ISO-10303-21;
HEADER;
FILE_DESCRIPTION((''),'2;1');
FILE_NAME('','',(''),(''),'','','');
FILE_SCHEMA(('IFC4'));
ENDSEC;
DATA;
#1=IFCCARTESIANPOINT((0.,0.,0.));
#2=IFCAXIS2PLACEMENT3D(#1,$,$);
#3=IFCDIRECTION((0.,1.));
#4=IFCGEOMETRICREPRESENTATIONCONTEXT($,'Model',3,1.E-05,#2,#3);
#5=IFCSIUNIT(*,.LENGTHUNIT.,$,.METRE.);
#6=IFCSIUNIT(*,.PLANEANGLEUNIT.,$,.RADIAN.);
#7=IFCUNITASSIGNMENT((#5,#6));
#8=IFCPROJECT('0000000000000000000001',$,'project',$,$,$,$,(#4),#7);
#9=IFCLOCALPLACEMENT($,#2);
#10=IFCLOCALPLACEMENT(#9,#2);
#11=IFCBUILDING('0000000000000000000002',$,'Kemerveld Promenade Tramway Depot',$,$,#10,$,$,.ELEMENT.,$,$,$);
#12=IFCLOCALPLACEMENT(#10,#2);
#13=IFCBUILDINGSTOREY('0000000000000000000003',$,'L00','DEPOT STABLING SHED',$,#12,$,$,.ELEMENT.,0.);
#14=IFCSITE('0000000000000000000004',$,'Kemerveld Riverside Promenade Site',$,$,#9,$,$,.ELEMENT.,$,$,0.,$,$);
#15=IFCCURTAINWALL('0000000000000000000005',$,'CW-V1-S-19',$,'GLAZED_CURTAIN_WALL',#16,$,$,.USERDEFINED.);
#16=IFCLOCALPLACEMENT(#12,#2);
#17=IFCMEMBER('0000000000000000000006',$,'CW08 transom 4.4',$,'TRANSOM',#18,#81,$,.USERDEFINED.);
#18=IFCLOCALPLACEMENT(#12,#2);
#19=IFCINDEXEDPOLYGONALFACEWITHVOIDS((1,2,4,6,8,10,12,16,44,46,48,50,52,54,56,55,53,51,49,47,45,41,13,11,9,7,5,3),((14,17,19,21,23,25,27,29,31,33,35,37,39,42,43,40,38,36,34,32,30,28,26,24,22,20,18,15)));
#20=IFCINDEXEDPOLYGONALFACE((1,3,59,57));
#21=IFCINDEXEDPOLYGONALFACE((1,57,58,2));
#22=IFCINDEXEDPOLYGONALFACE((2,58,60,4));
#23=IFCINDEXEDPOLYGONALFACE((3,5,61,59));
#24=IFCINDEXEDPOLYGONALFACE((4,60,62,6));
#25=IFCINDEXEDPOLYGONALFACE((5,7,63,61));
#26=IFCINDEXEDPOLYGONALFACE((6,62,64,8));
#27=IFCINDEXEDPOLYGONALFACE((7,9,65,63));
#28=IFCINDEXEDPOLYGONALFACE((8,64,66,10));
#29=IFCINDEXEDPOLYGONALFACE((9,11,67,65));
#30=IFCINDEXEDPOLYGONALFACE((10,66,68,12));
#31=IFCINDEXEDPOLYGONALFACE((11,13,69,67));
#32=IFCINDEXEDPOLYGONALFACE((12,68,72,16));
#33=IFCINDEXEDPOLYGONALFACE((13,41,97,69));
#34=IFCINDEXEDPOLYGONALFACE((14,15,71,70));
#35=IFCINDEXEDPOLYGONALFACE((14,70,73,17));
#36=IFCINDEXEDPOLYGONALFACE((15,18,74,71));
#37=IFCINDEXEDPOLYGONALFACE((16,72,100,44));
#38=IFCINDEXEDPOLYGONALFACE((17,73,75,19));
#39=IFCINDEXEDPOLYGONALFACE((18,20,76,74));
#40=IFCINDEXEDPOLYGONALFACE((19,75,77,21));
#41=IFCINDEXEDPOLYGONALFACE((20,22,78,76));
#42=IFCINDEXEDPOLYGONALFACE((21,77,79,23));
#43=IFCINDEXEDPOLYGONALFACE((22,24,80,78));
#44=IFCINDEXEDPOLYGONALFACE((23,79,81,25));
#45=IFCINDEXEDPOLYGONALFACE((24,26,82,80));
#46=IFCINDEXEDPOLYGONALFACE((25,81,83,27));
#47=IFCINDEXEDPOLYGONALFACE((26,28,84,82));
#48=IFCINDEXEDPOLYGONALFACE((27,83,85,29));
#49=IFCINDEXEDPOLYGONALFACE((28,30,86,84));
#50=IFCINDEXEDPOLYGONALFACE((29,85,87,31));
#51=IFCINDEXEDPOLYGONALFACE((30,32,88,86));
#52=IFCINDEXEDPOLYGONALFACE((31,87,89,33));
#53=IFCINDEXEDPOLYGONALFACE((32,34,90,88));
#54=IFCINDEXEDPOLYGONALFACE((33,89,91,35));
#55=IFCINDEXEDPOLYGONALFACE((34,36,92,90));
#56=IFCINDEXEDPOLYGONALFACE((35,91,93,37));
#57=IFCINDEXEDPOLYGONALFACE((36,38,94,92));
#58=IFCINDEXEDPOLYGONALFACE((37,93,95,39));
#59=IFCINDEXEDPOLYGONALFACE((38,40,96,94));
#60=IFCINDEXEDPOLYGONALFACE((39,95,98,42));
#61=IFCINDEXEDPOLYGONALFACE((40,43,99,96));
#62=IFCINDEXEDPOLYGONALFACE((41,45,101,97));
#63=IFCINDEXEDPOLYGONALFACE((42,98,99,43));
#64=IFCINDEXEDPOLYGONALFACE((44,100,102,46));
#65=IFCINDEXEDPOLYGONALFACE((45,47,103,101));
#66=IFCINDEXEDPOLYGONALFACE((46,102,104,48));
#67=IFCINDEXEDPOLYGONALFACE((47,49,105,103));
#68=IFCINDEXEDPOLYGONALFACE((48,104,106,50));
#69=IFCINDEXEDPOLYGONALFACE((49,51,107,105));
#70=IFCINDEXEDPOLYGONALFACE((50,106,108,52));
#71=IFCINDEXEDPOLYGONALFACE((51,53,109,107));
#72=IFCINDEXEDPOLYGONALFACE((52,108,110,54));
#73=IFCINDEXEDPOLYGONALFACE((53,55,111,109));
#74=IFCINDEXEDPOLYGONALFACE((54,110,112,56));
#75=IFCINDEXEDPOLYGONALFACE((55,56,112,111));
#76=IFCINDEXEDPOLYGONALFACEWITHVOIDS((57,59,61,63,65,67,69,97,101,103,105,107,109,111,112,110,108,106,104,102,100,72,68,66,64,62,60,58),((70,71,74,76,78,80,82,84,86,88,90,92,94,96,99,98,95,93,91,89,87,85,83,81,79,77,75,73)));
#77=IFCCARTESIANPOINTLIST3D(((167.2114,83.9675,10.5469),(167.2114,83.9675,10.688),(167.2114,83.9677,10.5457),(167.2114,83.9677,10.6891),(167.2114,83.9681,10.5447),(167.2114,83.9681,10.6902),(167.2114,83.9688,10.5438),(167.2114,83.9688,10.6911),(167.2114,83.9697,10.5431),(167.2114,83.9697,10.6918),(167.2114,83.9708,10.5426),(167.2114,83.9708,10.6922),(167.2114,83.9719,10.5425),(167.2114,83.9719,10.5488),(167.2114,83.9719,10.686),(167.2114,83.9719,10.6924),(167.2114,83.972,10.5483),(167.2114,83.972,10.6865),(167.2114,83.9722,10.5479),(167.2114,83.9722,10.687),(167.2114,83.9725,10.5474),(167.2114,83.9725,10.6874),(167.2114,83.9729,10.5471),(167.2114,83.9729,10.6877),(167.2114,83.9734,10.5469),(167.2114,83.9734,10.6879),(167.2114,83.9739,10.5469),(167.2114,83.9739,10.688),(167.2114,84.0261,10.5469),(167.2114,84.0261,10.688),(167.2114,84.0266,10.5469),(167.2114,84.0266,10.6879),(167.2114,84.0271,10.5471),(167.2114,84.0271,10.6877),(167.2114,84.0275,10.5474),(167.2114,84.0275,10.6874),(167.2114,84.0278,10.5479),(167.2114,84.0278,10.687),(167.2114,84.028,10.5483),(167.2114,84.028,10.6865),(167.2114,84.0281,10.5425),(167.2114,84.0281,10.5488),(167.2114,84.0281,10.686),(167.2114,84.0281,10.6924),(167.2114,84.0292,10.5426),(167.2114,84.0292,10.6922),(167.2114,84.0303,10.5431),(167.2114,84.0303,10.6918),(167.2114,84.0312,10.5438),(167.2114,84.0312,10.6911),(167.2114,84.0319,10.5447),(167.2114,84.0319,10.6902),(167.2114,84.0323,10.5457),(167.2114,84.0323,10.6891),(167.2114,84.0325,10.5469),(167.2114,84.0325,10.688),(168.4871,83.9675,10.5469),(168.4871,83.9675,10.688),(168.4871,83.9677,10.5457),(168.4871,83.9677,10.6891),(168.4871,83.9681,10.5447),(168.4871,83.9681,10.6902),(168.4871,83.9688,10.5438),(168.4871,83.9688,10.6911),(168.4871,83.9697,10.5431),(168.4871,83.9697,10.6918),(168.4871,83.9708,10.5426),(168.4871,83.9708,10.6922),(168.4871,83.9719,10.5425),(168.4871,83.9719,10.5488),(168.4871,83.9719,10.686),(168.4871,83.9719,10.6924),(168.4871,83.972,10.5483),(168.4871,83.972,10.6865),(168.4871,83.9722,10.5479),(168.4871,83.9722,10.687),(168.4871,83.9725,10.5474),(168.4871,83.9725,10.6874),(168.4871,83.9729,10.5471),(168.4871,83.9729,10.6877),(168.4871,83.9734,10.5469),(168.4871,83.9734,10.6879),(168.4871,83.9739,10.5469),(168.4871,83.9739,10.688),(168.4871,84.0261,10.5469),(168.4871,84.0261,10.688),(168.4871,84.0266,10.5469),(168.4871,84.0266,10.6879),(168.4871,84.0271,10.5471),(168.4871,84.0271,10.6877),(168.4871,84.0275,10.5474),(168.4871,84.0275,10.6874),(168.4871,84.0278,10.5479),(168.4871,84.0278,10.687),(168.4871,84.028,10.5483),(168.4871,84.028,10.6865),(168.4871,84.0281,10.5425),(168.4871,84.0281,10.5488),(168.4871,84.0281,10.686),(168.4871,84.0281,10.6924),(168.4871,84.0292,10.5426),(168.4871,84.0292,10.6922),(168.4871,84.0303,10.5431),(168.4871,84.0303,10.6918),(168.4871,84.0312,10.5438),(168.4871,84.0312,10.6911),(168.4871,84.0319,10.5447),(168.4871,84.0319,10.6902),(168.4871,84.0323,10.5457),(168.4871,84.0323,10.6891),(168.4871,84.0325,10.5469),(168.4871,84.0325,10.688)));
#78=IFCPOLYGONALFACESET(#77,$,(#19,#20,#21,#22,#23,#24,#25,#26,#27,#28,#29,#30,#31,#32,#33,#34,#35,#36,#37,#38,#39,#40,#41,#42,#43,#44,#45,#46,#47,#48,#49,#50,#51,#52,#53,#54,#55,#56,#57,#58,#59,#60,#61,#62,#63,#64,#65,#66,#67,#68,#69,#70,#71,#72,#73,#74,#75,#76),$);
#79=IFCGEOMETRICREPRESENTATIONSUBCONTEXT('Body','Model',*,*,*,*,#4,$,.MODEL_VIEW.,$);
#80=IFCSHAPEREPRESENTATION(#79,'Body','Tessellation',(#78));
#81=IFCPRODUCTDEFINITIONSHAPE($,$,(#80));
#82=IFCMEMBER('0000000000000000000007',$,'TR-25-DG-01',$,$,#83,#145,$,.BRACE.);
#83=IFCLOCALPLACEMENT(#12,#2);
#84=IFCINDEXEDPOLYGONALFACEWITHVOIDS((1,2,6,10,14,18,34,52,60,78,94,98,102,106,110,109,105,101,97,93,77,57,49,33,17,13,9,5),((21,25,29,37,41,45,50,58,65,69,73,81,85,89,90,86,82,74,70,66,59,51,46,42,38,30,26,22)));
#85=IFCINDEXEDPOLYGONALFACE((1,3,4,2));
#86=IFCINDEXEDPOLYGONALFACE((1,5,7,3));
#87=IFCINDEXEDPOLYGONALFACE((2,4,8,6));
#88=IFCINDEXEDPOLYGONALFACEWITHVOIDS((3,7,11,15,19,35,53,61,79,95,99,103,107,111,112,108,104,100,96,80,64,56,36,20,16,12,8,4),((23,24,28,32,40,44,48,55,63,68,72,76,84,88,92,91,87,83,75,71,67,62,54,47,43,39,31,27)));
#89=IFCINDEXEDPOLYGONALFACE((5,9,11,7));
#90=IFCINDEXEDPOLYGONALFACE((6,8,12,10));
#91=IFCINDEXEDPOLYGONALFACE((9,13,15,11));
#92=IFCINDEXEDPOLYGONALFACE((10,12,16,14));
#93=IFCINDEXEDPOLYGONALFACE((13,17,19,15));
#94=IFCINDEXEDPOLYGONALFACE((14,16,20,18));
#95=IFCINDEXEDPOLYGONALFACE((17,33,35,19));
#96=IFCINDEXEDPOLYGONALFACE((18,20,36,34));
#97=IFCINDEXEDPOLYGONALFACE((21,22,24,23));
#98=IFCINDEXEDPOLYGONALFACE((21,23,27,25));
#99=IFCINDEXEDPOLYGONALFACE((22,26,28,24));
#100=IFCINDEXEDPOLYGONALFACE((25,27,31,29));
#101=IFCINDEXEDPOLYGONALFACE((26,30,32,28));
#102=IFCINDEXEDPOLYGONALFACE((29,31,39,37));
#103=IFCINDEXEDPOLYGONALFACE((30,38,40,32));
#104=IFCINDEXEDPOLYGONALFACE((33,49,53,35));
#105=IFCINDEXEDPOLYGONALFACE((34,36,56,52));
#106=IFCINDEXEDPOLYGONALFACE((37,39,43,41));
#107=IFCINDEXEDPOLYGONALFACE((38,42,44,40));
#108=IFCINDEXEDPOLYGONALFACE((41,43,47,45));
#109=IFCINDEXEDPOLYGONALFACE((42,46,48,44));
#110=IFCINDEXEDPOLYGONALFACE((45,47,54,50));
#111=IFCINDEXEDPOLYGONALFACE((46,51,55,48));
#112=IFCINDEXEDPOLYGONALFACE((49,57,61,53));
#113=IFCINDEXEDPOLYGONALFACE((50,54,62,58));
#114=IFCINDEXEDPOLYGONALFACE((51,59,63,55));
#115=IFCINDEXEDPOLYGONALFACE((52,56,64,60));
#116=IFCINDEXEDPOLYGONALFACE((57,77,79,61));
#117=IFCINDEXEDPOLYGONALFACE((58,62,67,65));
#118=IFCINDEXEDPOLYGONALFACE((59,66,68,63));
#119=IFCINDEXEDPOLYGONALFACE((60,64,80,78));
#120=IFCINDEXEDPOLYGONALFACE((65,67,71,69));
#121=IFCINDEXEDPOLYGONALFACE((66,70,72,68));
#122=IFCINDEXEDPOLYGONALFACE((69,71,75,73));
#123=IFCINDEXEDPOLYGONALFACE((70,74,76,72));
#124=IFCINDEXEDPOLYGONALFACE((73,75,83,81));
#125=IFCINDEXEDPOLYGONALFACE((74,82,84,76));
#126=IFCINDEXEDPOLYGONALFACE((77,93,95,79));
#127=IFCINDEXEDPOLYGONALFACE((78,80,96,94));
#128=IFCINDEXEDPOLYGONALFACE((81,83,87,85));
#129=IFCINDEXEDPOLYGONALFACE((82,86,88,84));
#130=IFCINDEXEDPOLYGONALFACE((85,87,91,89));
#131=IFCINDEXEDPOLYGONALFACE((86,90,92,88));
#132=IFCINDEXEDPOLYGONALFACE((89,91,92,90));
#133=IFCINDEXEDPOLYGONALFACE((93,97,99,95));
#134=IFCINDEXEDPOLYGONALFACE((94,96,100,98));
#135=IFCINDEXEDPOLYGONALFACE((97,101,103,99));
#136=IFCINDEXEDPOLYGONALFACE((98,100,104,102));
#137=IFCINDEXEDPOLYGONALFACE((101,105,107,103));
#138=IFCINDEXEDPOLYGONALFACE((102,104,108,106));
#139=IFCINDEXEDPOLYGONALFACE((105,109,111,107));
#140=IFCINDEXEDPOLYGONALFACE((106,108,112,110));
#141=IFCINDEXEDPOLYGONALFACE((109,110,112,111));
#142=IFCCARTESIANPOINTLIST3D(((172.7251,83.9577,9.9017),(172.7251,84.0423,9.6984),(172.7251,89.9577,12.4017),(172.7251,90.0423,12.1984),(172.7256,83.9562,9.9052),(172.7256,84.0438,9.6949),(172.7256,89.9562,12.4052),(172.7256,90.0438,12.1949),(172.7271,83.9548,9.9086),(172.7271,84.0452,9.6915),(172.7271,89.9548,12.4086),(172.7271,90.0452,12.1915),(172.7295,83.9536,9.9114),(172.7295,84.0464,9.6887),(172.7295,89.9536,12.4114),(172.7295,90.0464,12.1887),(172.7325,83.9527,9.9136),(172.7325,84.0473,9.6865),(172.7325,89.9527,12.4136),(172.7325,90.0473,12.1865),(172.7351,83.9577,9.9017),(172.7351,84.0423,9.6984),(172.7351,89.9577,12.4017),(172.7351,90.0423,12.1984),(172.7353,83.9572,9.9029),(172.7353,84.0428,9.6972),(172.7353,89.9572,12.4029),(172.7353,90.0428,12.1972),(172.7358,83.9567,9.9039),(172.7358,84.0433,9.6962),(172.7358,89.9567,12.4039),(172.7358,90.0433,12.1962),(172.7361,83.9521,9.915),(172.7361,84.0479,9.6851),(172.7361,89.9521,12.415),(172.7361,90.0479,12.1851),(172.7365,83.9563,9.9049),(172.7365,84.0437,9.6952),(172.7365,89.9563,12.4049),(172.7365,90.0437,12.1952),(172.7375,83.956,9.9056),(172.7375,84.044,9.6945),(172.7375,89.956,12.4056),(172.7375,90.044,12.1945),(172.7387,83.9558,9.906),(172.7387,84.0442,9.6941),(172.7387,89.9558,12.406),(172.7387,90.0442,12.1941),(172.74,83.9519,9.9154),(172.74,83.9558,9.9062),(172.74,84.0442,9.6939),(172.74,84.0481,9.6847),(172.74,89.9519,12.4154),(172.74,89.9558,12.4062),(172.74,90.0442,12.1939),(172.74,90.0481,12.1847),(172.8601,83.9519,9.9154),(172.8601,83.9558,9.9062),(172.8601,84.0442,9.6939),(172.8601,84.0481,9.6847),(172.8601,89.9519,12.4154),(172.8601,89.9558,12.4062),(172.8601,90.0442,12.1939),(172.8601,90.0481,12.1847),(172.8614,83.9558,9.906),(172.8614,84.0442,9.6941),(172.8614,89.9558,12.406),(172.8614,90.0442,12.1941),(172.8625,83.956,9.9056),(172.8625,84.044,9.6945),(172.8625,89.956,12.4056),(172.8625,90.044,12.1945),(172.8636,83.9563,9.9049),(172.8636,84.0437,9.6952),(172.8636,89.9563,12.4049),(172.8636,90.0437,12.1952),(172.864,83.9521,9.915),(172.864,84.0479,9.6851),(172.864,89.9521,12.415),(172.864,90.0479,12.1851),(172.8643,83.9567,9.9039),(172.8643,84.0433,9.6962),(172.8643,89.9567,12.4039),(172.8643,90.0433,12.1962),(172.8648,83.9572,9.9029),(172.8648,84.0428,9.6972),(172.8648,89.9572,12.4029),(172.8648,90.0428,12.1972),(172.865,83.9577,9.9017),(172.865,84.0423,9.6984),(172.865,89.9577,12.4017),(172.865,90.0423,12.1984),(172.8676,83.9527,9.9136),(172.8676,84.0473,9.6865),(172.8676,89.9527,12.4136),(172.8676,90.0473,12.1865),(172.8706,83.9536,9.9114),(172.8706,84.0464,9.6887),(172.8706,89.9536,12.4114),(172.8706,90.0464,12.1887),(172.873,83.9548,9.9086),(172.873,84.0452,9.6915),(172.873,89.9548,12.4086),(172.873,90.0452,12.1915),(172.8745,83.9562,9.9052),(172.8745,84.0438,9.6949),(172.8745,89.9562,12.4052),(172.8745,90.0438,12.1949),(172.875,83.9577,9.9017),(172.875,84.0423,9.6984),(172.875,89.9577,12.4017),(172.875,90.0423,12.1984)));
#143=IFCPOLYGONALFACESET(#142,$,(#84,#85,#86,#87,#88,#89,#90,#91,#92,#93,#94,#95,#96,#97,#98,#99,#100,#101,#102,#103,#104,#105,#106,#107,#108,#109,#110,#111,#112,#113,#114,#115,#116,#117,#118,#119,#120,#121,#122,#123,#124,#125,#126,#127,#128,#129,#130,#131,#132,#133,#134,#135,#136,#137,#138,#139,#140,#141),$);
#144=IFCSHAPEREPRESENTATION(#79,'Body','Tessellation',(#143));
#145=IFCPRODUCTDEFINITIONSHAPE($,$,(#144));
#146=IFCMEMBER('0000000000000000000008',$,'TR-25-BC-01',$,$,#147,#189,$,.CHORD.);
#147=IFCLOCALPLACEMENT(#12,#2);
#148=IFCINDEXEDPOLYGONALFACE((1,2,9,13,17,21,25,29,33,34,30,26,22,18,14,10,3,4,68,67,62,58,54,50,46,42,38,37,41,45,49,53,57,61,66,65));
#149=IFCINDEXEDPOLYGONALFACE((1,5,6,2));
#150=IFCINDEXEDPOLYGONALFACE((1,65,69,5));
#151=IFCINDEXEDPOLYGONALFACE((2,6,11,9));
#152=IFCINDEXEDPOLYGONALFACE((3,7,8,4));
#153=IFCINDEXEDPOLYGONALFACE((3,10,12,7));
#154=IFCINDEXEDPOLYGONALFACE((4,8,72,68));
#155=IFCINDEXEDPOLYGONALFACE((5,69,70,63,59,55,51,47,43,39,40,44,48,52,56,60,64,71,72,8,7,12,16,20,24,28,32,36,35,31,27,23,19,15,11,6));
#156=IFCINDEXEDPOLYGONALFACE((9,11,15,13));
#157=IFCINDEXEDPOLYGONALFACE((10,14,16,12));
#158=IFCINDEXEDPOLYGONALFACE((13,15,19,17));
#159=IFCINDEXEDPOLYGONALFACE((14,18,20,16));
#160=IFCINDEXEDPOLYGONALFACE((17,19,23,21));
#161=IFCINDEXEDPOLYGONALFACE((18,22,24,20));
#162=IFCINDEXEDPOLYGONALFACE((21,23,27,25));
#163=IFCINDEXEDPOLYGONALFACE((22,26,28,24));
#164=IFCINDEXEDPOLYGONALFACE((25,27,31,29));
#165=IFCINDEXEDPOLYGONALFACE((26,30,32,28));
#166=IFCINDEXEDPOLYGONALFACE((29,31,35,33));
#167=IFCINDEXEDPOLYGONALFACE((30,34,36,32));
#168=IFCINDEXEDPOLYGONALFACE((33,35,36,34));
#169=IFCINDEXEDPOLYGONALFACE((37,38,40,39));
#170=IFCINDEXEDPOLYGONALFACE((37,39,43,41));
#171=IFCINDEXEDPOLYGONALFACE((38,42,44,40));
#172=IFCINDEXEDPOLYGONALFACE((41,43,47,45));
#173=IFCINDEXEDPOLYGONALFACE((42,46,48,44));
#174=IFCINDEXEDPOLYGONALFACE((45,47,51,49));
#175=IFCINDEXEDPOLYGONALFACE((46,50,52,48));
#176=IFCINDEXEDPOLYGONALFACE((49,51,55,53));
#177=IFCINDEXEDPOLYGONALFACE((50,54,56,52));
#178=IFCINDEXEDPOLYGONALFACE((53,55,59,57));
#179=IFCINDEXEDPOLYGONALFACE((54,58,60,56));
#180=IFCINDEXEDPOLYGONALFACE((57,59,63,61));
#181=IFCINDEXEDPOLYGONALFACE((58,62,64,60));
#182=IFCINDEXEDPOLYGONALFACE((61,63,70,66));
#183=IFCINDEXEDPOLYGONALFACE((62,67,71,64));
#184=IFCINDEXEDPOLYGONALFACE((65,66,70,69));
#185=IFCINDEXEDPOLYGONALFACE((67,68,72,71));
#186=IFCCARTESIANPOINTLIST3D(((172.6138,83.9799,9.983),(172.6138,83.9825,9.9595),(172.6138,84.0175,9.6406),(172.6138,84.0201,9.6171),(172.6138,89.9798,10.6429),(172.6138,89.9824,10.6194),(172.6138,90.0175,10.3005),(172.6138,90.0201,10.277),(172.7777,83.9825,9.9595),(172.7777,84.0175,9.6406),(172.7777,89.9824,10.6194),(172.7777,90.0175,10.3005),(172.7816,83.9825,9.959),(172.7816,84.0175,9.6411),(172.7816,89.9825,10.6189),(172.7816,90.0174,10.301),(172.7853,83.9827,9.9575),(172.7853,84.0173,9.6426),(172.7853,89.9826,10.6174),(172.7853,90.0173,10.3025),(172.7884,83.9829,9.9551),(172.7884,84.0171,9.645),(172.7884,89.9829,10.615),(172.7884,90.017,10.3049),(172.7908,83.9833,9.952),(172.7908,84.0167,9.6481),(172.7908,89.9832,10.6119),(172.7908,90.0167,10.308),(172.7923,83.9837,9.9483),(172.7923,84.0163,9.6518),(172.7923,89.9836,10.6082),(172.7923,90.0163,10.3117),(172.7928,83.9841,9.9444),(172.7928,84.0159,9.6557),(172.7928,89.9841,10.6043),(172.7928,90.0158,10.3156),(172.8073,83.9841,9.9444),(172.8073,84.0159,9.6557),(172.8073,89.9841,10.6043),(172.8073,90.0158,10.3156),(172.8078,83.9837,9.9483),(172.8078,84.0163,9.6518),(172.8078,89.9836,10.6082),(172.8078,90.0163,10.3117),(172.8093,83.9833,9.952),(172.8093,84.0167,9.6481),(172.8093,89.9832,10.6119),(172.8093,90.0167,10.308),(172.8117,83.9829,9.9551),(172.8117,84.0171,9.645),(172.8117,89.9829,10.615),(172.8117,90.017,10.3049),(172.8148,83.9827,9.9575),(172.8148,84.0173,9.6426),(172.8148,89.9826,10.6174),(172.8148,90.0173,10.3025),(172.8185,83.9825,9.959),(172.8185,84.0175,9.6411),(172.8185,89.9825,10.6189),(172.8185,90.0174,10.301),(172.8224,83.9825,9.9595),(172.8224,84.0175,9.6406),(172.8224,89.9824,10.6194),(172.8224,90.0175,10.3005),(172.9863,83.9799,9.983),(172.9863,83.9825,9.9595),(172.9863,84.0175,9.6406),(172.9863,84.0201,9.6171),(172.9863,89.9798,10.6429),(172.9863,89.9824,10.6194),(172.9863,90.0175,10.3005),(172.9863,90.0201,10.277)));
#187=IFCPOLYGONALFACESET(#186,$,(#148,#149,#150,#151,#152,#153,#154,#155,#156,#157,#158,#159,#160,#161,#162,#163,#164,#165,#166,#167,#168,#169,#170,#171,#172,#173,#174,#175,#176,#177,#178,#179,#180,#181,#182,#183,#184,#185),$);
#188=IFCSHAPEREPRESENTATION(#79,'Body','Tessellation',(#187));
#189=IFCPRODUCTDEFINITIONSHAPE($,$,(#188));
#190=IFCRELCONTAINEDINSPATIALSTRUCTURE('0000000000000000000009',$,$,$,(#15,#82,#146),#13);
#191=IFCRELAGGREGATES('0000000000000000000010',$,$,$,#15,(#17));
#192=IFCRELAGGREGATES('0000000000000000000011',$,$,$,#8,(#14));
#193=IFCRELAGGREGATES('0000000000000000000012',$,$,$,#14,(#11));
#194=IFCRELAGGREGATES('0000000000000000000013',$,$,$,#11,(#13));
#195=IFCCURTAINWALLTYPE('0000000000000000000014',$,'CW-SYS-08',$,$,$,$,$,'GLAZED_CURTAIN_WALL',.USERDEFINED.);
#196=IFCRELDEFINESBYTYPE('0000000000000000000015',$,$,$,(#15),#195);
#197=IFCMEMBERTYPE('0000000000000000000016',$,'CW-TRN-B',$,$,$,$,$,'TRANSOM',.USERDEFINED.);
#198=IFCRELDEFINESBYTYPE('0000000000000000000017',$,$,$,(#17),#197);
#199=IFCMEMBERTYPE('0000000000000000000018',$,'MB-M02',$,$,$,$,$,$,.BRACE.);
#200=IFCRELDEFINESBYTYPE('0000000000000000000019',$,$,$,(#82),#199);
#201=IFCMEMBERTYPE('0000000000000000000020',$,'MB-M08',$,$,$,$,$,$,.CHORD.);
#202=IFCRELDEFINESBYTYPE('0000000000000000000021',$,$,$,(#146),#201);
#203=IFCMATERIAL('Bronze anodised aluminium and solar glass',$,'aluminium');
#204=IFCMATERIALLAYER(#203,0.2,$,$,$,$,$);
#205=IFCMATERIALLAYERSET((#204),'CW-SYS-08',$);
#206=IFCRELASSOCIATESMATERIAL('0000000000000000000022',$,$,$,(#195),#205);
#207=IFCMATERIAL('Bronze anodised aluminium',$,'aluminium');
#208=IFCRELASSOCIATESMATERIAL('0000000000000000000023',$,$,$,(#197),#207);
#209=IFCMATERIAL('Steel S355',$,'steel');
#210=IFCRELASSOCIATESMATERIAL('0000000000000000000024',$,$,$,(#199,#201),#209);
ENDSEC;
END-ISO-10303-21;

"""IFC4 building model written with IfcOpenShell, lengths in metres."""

from ifc_helpers import new_model, si_unit, direction, frame, origin, origin_2d, place, context, subcontext, project, spatial, hollow_rectangle, i_section, extrude, material, layer, layer_set, material_profile, profile_set, type_object, element, aggregate, save


model = new_model("IFC4")

# Units and contexts
model_context = context("Model", 3, precision=1e-05, world=origin(), true_north=direction((0.0, 1.0)))
body_context = subcontext(model_context, "Body", "Model", "MODEL_VIEW")
ifc_project = project(units=[si_unit("LENGTHUNIT", "METRE"), si_unit("PLANEANGLEUNIT", "RADIAN")], contexts=[model_context])

# Site, building, storey
site_placement = place(None, origin())
site = spatial("IfcSite", under=ifc_project, at=site_placement, Name="Kemerveld Riverside Promenade Site", CompositionType="ELEMENT", RefElevation=0.0)
building_placement = place(site_placement, origin())
building = spatial("IfcBuilding", under=site, at=building_placement, Name="Kemerveld Promenade Tramway Depot", CompositionType="ELEMENT")
storey_placement = place(building_placement, origin())
storey = spatial("IfcBuildingStorey", under=building, at=storey_placement, Name="L00", Description="DEPOT STABLING SHED", CompositionType="ELEMENT", Elevation=0.0)

# Shared definitions
ifc_material_1 = material(Name="Steel S355", Category="steel")

# Curtain wall, member
ifc_material_2 = material(Name="Bronze anodised aluminium and solar glass", Category="aluminium")
ifc_material_3 = material(Name="Bronze anodised aluminium", Category="aluminium")
ifc_layer_1 = layer(ifc_material_2, 0.2)
ifc_layer_set_1 = layer_set([ifc_layer_1], Name="CW-SYS-08")
curtain_wall_type_1 = type_object("IfcCurtainWallType", Name="CW-SYS-08", ElementType="GLAZED_CURTAIN_WALL", PredefinedType="USERDEFINED", material=ifc_layer_set_1)
curtain_wall_1_placement = place(storey_placement, origin())
curtain_wall_1 = element("IfcCurtainWall", 1, at=curtain_wall_1_placement, inside=storey, type_object=curtain_wall_type_1, Name="CW-V1-S-19", ObjectType="GLAZED_CURTAIN_WALL", PredefinedType="USERDEFINED")
ifc_material_profile_1 = material_profile(ifc_material_3, hollow_rectangle(XDim=0.0649, YDim=0.1499, WallThickness=0.0044, InnerFilletRadius=0.002, OuterFilletRadius=0.0044, at=origin_2d()), Name="CW-TRN-150x65")
ifc_profile_set_1 = profile_set([ifc_material_profile_1], Name="Bronze anodised aluminium")
member_type_1 = type_object("IfcMemberType", Name="CW-TRN-B", ElementType="TRANSOM", PredefinedType="USERDEFINED", material=ifc_profile_set_1)
member_1_placement = place(storey_placement, frame((168.4871, 84.0, 10.6174), z_axis=(-1.0, 0.0, 0.0), x_axis=(0.0, -1.0, 0.0)))
member_1 = element("IfcMember", 2, at=member_1_placement, type_object=member_type_1, Name="CW08 transom 4.4", ObjectType="TRANSOM", PredefinedType="USERDEFINED", context=body_context, shape_type="SweptSolid", body=[
    extrude(hollow_rectangle(XDim=0.0649, YDim=0.1499, WallThickness=0.0044, InnerFilletRadius=0.002, OuterFilletRadius=0.0044, at=origin_2d()), origin(), (0.0, 0.0, 1.0), 1.2756),
])

# Members
ifc_material_profile_2 = material_profile(ifc_material_1, hollow_rectangle(XDim=0.1499, YDim=0.25, WallThickness=0.01, InnerFilletRadius=0.0049, OuterFilletRadius=0.0149, at=origin_2d()), Name="250x150x10.0 RHS")
ifc_profile_set_2 = profile_set([ifc_material_profile_2], Name="Steel S355")
member_type_2 = type_object("IfcMemberType", Name="MB-M02", PredefinedType="BRACE", material=ifc_profile_set_2)
member_2_placement = place(storey_placement, frame((172.8, 84.0, 9.8), z_axis=(0.0, 0.923077, 0.384615), x_axis=(-1.0, 0.0, 0.0)))
element("IfcMember", 3, at=member_2_placement, inside=storey, type_object=member_type_2, Name="TR-25-DG-01", PredefinedType="BRACE", context=body_context, shape_type="SweptSolid", body=[
    extrude(hollow_rectangle(XDim=0.1499, YDim=0.25, WallThickness=0.01, InnerFilletRadius=0.0049, OuterFilletRadius=0.0149, at=origin_2d()), origin(), (0.0, 0.0, 1.0), 6.5),
])
ifc_material_profile_3 = material_profile(ifc_material_1, i_section(OverallWidth=0.3726, OverallDepth=0.3682, WebThickness=0.0144, FlangeThickness=0.0237, FilletRadius=0.0151, at=origin_2d()), Name="356x368x177 UC")
ifc_profile_set_3 = profile_set([ifc_material_profile_3], Name="Steel S355")
member_type_3 = type_object("IfcMemberType", Name="MB-M08", PredefinedType="CHORD", material=ifc_profile_set_3)
member_3_placement = place(storey_placement, frame((172.8, 84.0, 9.8), z_axis=(0.0, 0.994006, 0.109326), x_axis=(-1.0, 0.0, 0.0)))
element("IfcMember", 4, at=member_3_placement, inside=storey, type_object=member_type_3, Name="TR-25-BC-01", PredefinedType="CHORD", context=body_context, shape_type="SweptSolid", body=[
    extrude(i_section(OverallWidth=0.3726, OverallDepth=0.3682, WebThickness=0.0144, FlangeThickness=0.0237, FilletRadius=0.0151, at=origin_2d()), origin(), (0.0, 0.0, 1.0), 6.0361),
])

aggregate(curtain_wall_1, [member_1])

save(model, "model.ifc")
